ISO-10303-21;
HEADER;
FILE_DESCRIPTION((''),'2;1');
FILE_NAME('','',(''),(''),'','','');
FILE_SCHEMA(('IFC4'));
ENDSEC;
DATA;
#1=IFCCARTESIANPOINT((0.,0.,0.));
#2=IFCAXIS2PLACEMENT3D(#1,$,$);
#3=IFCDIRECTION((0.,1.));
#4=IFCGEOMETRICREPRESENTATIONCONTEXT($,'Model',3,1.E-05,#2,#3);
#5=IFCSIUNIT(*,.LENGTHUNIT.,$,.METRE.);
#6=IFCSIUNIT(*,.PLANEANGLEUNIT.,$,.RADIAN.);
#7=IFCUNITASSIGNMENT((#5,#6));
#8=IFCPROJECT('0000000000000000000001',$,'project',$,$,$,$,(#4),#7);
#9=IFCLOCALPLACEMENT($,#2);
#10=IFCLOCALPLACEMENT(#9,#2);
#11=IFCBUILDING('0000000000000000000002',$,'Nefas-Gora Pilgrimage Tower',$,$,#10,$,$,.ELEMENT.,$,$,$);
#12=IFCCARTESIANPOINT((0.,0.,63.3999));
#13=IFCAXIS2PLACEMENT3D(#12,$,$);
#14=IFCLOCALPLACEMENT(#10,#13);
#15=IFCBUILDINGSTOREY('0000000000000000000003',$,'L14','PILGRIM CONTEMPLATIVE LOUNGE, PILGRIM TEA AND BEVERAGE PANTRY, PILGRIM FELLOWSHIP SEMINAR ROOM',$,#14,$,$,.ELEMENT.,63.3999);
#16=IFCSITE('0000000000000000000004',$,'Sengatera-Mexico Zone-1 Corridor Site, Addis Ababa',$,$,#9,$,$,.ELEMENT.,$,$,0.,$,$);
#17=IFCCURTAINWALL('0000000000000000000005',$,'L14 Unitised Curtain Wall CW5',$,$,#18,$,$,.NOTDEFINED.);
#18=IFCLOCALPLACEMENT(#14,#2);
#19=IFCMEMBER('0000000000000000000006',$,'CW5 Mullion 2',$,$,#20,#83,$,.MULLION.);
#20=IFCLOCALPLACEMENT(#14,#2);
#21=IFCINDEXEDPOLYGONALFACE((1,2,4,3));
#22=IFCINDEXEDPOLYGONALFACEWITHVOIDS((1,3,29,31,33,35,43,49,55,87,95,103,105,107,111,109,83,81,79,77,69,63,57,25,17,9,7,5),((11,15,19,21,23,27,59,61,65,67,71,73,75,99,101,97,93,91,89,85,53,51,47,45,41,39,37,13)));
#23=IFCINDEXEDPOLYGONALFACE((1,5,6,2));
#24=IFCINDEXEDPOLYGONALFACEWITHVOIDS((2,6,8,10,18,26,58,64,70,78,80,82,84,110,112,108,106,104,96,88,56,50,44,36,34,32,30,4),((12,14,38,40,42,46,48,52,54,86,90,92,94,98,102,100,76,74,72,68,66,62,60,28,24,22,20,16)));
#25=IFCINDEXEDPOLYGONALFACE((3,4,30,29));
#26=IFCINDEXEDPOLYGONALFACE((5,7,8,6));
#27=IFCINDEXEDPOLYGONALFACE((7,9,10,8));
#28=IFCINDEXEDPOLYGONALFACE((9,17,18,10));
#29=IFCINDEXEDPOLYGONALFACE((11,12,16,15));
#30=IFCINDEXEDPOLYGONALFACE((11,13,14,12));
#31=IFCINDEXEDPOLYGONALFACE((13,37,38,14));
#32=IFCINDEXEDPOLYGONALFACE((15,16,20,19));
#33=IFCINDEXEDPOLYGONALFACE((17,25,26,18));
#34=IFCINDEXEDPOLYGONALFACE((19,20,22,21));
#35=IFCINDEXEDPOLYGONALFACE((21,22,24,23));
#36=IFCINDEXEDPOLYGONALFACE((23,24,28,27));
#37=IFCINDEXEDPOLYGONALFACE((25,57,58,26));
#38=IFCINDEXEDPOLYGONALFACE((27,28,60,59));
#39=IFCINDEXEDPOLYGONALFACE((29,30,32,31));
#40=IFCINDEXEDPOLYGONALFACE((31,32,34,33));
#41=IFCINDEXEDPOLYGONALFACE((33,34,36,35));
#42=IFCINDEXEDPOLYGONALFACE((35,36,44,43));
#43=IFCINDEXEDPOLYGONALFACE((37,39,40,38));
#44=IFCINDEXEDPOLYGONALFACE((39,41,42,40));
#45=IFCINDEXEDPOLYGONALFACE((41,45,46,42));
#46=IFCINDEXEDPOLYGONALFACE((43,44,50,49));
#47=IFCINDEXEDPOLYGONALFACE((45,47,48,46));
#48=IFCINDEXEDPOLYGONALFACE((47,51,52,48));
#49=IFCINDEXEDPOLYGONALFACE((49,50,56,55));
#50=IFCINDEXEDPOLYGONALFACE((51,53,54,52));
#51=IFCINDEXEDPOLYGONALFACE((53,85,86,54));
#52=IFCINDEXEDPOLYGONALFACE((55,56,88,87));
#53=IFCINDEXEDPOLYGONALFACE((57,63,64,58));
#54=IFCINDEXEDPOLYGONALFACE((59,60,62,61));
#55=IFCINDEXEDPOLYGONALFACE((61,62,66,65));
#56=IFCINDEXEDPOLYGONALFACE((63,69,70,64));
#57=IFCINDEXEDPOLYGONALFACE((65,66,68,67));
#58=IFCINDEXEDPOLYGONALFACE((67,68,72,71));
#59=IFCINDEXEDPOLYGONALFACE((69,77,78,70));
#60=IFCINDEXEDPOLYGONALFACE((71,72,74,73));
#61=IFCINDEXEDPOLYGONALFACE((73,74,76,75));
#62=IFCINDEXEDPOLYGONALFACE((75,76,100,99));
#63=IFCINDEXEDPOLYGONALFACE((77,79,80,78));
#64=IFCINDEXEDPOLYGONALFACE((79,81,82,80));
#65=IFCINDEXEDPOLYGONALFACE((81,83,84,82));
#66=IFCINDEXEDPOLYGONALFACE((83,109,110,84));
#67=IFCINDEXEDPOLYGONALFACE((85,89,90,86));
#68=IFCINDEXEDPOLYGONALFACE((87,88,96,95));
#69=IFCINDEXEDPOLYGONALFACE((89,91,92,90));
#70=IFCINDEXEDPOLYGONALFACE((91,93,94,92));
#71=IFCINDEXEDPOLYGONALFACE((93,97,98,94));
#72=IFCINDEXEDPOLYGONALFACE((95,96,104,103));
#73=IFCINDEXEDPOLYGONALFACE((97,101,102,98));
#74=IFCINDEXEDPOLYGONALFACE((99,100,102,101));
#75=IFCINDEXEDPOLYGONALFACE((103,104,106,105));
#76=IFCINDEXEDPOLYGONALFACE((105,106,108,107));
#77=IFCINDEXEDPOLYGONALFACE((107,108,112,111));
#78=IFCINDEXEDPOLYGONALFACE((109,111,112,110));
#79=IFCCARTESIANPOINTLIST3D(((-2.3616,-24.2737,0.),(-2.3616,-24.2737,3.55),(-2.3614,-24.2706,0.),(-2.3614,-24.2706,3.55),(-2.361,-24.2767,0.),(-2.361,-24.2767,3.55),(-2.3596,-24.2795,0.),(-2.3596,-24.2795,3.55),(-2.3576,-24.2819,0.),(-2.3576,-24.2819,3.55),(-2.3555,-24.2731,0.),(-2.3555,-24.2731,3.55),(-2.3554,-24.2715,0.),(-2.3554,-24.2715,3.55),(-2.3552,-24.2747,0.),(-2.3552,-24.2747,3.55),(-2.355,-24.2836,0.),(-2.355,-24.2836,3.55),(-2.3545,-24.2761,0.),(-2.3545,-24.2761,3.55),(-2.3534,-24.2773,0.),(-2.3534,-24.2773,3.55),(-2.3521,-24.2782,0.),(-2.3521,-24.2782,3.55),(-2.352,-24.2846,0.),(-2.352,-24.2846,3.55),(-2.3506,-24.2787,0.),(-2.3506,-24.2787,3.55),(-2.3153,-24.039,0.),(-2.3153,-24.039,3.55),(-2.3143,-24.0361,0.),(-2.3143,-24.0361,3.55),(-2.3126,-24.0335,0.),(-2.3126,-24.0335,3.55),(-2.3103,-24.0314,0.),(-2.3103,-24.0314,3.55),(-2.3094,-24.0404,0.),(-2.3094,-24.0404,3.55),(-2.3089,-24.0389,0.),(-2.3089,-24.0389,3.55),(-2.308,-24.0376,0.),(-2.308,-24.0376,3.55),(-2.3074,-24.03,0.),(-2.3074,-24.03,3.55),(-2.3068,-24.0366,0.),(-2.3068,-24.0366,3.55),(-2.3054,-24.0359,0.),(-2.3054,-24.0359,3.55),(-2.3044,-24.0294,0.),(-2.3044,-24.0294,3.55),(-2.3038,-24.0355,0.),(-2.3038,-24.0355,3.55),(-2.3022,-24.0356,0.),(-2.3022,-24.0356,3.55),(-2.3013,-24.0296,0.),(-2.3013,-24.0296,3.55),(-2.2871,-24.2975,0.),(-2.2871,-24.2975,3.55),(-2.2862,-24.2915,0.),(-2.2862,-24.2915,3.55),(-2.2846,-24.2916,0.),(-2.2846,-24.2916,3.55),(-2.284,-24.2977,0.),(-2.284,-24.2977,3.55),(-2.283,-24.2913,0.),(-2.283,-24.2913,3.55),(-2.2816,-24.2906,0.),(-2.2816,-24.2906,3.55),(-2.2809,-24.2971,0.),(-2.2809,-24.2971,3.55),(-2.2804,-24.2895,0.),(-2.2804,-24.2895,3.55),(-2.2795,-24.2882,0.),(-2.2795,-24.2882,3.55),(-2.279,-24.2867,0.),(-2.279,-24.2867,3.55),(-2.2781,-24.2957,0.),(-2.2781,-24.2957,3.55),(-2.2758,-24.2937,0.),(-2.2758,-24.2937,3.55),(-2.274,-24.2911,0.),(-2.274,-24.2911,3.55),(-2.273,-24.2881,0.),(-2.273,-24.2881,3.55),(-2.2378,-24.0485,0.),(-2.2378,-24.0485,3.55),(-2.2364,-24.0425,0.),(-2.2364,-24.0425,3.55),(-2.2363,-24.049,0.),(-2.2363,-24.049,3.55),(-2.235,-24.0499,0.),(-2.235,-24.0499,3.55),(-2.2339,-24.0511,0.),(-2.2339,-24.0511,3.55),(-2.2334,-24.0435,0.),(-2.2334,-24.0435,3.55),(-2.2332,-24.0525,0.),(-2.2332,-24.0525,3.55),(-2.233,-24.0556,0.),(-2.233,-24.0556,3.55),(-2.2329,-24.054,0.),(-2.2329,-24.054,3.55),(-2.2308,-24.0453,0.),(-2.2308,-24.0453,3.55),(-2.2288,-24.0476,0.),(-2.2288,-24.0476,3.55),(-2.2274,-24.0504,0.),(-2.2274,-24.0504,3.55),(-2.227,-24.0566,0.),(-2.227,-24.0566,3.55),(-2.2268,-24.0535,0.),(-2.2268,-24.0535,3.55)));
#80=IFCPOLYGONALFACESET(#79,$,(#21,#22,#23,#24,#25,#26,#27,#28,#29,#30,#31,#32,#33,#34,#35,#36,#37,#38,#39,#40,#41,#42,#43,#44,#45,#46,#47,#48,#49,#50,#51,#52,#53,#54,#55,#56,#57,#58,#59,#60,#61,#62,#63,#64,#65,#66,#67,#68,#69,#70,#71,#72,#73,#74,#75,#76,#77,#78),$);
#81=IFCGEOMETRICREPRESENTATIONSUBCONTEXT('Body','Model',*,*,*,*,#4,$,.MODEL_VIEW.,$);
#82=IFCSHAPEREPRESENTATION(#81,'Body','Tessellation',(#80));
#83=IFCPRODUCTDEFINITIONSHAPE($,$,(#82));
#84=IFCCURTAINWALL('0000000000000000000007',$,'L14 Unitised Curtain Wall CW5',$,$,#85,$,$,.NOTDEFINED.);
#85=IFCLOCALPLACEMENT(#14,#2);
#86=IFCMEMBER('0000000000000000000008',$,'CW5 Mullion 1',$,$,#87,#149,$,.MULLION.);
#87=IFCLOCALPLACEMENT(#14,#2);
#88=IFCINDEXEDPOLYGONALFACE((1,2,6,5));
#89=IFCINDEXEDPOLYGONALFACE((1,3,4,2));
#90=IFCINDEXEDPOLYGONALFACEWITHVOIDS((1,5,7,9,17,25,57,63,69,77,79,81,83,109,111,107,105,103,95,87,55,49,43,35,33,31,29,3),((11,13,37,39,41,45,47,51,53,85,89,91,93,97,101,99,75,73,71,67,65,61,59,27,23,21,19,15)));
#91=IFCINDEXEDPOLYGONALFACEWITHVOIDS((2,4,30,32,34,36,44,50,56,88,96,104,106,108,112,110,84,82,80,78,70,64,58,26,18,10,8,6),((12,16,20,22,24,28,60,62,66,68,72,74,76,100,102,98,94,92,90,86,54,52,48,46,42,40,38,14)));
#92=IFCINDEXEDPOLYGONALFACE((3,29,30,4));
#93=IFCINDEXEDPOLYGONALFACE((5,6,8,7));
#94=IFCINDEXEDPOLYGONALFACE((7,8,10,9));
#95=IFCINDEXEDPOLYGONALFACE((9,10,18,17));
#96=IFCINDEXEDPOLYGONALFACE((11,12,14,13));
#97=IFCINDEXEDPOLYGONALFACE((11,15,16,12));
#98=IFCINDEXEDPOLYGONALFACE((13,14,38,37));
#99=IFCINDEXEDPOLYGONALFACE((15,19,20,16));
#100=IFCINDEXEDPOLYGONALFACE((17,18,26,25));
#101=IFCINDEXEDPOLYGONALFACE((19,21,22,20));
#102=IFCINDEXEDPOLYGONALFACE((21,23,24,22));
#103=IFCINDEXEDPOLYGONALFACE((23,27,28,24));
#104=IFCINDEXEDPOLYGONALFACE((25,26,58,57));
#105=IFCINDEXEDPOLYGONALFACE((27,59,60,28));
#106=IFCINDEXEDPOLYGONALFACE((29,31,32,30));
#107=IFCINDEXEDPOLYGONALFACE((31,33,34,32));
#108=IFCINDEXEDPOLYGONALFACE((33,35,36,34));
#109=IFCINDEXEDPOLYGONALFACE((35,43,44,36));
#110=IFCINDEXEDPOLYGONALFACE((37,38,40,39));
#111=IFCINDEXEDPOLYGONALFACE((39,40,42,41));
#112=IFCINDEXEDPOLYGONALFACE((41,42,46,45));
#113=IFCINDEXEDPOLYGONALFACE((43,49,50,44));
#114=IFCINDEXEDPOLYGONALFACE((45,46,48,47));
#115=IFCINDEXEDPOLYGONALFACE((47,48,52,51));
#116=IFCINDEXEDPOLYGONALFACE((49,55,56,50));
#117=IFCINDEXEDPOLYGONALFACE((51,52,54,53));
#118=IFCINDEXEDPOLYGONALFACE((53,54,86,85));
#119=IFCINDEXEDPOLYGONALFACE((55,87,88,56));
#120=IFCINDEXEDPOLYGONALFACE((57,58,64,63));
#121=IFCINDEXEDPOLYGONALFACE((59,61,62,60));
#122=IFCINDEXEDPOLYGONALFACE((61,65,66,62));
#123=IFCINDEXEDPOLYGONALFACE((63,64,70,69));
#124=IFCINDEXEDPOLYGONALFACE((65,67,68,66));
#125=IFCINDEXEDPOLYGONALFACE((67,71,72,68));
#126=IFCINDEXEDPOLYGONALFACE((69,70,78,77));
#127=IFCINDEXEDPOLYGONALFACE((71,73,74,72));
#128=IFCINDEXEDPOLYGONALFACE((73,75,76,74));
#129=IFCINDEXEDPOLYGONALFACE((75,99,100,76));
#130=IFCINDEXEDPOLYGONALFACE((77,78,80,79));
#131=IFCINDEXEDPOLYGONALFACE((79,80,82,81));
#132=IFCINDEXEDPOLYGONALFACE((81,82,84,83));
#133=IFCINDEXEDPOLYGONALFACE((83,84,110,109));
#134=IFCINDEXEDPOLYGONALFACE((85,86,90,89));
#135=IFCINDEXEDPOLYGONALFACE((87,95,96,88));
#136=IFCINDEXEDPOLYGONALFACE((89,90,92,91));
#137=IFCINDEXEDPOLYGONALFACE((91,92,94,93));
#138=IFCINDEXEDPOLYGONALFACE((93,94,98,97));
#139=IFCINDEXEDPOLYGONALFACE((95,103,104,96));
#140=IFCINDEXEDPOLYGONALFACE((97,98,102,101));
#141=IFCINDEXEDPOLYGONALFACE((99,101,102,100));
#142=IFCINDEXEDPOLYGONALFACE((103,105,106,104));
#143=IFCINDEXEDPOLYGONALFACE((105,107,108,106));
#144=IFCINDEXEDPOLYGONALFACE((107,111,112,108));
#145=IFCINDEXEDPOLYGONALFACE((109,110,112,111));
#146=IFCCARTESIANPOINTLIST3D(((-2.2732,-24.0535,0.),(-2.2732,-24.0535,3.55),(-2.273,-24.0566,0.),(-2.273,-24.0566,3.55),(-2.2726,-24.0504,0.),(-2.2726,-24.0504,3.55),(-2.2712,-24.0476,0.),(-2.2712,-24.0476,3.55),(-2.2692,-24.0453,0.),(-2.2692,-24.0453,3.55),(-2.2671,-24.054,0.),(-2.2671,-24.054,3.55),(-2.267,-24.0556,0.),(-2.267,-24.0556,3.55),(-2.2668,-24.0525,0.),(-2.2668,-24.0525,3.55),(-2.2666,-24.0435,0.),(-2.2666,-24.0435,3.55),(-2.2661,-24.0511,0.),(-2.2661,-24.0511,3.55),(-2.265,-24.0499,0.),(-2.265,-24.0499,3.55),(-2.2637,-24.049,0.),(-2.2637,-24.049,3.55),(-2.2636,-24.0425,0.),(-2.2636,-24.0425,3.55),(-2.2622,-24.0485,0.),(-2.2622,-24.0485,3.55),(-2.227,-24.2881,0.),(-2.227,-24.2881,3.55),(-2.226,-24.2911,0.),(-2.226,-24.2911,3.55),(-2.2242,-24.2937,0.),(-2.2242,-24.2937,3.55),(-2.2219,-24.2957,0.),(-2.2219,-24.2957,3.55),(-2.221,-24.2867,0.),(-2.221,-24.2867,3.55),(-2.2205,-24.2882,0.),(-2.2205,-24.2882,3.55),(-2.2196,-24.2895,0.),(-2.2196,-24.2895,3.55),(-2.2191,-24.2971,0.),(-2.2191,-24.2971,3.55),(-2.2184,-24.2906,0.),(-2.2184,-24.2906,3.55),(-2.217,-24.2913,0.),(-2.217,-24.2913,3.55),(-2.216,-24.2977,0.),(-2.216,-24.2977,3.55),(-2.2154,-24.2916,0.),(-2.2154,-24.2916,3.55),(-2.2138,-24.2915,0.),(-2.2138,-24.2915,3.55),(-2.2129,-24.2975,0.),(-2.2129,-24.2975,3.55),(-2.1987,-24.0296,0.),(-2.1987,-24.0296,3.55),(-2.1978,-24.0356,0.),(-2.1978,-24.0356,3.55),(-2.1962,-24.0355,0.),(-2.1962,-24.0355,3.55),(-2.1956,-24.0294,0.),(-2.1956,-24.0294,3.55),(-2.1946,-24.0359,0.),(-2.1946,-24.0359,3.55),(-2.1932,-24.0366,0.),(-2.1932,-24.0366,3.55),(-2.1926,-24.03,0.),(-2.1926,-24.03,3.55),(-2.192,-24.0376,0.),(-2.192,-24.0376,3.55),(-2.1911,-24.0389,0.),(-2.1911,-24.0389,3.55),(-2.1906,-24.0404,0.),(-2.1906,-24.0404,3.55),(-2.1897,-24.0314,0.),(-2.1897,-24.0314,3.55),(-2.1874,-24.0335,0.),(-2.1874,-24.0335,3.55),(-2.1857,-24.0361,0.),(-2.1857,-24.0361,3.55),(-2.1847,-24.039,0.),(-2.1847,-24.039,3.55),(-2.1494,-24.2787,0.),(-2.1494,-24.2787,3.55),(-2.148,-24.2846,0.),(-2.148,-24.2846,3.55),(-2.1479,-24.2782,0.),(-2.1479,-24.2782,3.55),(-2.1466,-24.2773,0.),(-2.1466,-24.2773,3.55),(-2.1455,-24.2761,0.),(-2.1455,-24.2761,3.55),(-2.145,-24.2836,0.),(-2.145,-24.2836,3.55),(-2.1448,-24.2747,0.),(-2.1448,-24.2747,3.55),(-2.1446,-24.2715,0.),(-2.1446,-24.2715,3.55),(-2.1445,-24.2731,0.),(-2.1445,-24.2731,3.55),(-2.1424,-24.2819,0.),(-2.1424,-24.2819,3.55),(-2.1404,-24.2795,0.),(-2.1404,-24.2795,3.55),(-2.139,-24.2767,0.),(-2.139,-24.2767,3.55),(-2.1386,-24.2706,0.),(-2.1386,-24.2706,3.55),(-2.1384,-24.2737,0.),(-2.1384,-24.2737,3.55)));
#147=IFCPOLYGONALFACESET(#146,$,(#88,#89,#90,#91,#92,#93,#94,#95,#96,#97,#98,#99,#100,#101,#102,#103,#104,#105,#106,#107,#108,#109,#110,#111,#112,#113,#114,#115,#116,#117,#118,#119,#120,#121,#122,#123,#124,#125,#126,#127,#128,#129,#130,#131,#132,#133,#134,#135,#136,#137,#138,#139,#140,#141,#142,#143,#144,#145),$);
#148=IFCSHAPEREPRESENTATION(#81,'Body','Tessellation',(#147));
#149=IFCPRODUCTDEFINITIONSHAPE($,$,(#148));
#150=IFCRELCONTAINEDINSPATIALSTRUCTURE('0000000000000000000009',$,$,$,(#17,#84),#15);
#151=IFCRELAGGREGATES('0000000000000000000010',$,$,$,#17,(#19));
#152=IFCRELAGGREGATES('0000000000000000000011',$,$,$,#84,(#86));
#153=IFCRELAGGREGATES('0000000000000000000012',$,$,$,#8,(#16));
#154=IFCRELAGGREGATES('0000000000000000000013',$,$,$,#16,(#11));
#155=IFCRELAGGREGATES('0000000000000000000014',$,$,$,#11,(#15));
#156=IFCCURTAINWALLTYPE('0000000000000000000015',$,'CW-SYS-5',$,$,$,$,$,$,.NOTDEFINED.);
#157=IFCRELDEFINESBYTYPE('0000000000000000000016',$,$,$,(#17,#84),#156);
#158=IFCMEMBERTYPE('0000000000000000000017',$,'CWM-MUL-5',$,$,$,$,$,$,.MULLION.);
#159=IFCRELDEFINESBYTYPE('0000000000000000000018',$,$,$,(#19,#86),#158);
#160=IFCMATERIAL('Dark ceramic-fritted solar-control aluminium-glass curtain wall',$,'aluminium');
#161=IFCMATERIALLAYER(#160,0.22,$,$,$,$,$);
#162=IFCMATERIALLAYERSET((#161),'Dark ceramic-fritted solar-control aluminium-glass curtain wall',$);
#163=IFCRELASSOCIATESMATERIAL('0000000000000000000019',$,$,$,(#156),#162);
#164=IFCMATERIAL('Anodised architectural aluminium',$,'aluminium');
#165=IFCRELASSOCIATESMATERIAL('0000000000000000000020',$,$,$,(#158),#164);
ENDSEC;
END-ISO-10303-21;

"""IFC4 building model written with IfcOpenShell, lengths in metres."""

from ifc_helpers import new_model, si_unit, direction, frame, origin, origin_2d, place, context, subcontext, project, spatial, hollow_rectangle, extrude, source, transform, mapped, material, layer, layer_set, material_profile, profile_set, type_object, element, aggregate, save


model = new_model("IFC4")

# Units and contexts
model_context = context("Model", 3, precision=1e-05, world=origin(), true_north=direction((0.0, 1.0)))
body_context = subcontext(model_context, "Body", "Model", "MODEL_VIEW")
ifc_project = project(units=[si_unit("LENGTHUNIT", "METRE"), si_unit("PLANEANGLEUNIT", "RADIAN")], contexts=[model_context])

# Site, building, storey
site_placement = place(None, origin())
site = spatial("IfcSite", under=ifc_project, at=site_placement, Name="Sengatera-Mexico Zone-1 Corridor Site, Addis Ababa", CompositionType="ELEMENT", RefElevation=0.0)
building_placement = place(site_placement, origin())
building = spatial("IfcBuilding", under=site, at=building_placement, Name="Nefas-Gora Pilgrimage Tower", CompositionType="ELEMENT")
storey_placement = place(building_placement, frame((0.0, 0.0, 63.3999)))
storey = spatial("IfcBuildingStorey", under=building, at=storey_placement, Name="L14", Description="PILGRIM CONTEMPLATIVE LOUNGE, PILGRIM TEA AND BEVERAGE PANTRY, PILGRIM FELLOWSHIP SEMINAR ROOM", CompositionType="ELEMENT", Elevation=63.3999)

# Shared definitions
ifc_material_1 = material(Name="Dark ceramic-fritted solar-control aluminium-glass curtain wall", Category="aluminium")
ifc_layer_1 = layer(ifc_material_1, 0.22)
ifc_layer_set_1 = layer_set([ifc_layer_1], Name="Dark ceramic-fritted solar-control aluminium-glass curtain wall")
curtain_wall_type = type_object("IfcCurtainWallType", Name="CW-SYS-5", PredefinedType="NOTDEFINED", material=ifc_layer_set_1)
ifc_material_2 = material(Name="Anodised architectural aluminium", Category="aluminium")
ifc_material_profile_1 = material_profile(ifc_material_2, hollow_rectangle(XDim=0.0901, YDim=0.26, WallThickness=0.0061, InnerFilletRadius=0.0061, OuterFilletRadius=0.012, at=origin_2d()), Name="ALU MULLION 90x260")
ifc_profile_set_1 = profile_set([ifc_material_profile_1], Name="Anodised architectural aluminium")
member_type_1 = type_object("IfcMemberType", Name="CWM-MUL-5", PredefinedType="MULLION", material=ifc_profile_set_1)
shared_shape_1 = source(origin(), body_context, "Body", "SweptSolid", [
    extrude(hollow_rectangle(XDim=0.0901, YDim=0.26, WallThickness=0.0061, InnerFilletRadius=0.0061, OuterFilletRadius=0.012, at=origin_2d()), origin(), (0.0, 0.0, 1.0), 3.55),
])

# Curtain wall, member
curtain_wall_1_placement = place(storey_placement, origin())
curtain_wall_1 = element("IfcCurtainWall", 1, at=curtain_wall_1_placement, inside=storey, type_object=curtain_wall_type, Name="L14 Unitised Curtain Wall CW5", PredefinedType="NOTDEFINED")
member_1_placement = place(storey_placement, frame((-2.2942, -24.1636, 0.0), z_axis=(0.0, 0.0, 1.0), x_axis=(0.980783, -0.195102, 0.0)))
member_1 = element("IfcMember", 2, at=member_1_placement, type_object=member_type_1, Name="CW5 Mullion 2", PredefinedType="MULLION", context=body_context, shape_type="MappedRepresentation", body=[
    mapped(shared_shape_1, transform((0.0, 0.0, 0.0), x_axis=(1.0, 0.0, 0.0), y_axis=(0.0, 1.0, 0.0), z_axis=(0.0, 0.0, 1.0), scale=1.0)),
])

# Curtain wall, member
curtain_wall_2_placement = place(storey_placement, origin())
curtain_wall_2 = element("IfcCurtainWall", 3, at=curtain_wall_2_placement, inside=storey, type_object=curtain_wall_type, Name="L14 Unitised Curtain Wall CW5", PredefinedType="NOTDEFINED")
member_2_placement = place(storey_placement, frame((-2.2058, -24.1636, 0.0), z_axis=(0.0, 0.0, 1.0), x_axis=(0.980783, 0.195102, 0.0)))
member_2 = element("IfcMember", 4, at=member_2_placement, type_object=member_type_1, Name="CW5 Mullion 1", PredefinedType="MULLION", context=body_context, shape_type="MappedRepresentation", body=[
    mapped(shared_shape_1, transform((0.0, 0.0, 0.0), x_axis=(1.0, 0.0, 0.0), y_axis=(0.0, 1.0, 0.0), z_axis=(0.0, 0.0, 1.0), scale=1.0)),
])

aggregate(curtain_wall_1, [member_1])
aggregate(curtain_wall_2, [member_2])

save(model, "model.ifc")
